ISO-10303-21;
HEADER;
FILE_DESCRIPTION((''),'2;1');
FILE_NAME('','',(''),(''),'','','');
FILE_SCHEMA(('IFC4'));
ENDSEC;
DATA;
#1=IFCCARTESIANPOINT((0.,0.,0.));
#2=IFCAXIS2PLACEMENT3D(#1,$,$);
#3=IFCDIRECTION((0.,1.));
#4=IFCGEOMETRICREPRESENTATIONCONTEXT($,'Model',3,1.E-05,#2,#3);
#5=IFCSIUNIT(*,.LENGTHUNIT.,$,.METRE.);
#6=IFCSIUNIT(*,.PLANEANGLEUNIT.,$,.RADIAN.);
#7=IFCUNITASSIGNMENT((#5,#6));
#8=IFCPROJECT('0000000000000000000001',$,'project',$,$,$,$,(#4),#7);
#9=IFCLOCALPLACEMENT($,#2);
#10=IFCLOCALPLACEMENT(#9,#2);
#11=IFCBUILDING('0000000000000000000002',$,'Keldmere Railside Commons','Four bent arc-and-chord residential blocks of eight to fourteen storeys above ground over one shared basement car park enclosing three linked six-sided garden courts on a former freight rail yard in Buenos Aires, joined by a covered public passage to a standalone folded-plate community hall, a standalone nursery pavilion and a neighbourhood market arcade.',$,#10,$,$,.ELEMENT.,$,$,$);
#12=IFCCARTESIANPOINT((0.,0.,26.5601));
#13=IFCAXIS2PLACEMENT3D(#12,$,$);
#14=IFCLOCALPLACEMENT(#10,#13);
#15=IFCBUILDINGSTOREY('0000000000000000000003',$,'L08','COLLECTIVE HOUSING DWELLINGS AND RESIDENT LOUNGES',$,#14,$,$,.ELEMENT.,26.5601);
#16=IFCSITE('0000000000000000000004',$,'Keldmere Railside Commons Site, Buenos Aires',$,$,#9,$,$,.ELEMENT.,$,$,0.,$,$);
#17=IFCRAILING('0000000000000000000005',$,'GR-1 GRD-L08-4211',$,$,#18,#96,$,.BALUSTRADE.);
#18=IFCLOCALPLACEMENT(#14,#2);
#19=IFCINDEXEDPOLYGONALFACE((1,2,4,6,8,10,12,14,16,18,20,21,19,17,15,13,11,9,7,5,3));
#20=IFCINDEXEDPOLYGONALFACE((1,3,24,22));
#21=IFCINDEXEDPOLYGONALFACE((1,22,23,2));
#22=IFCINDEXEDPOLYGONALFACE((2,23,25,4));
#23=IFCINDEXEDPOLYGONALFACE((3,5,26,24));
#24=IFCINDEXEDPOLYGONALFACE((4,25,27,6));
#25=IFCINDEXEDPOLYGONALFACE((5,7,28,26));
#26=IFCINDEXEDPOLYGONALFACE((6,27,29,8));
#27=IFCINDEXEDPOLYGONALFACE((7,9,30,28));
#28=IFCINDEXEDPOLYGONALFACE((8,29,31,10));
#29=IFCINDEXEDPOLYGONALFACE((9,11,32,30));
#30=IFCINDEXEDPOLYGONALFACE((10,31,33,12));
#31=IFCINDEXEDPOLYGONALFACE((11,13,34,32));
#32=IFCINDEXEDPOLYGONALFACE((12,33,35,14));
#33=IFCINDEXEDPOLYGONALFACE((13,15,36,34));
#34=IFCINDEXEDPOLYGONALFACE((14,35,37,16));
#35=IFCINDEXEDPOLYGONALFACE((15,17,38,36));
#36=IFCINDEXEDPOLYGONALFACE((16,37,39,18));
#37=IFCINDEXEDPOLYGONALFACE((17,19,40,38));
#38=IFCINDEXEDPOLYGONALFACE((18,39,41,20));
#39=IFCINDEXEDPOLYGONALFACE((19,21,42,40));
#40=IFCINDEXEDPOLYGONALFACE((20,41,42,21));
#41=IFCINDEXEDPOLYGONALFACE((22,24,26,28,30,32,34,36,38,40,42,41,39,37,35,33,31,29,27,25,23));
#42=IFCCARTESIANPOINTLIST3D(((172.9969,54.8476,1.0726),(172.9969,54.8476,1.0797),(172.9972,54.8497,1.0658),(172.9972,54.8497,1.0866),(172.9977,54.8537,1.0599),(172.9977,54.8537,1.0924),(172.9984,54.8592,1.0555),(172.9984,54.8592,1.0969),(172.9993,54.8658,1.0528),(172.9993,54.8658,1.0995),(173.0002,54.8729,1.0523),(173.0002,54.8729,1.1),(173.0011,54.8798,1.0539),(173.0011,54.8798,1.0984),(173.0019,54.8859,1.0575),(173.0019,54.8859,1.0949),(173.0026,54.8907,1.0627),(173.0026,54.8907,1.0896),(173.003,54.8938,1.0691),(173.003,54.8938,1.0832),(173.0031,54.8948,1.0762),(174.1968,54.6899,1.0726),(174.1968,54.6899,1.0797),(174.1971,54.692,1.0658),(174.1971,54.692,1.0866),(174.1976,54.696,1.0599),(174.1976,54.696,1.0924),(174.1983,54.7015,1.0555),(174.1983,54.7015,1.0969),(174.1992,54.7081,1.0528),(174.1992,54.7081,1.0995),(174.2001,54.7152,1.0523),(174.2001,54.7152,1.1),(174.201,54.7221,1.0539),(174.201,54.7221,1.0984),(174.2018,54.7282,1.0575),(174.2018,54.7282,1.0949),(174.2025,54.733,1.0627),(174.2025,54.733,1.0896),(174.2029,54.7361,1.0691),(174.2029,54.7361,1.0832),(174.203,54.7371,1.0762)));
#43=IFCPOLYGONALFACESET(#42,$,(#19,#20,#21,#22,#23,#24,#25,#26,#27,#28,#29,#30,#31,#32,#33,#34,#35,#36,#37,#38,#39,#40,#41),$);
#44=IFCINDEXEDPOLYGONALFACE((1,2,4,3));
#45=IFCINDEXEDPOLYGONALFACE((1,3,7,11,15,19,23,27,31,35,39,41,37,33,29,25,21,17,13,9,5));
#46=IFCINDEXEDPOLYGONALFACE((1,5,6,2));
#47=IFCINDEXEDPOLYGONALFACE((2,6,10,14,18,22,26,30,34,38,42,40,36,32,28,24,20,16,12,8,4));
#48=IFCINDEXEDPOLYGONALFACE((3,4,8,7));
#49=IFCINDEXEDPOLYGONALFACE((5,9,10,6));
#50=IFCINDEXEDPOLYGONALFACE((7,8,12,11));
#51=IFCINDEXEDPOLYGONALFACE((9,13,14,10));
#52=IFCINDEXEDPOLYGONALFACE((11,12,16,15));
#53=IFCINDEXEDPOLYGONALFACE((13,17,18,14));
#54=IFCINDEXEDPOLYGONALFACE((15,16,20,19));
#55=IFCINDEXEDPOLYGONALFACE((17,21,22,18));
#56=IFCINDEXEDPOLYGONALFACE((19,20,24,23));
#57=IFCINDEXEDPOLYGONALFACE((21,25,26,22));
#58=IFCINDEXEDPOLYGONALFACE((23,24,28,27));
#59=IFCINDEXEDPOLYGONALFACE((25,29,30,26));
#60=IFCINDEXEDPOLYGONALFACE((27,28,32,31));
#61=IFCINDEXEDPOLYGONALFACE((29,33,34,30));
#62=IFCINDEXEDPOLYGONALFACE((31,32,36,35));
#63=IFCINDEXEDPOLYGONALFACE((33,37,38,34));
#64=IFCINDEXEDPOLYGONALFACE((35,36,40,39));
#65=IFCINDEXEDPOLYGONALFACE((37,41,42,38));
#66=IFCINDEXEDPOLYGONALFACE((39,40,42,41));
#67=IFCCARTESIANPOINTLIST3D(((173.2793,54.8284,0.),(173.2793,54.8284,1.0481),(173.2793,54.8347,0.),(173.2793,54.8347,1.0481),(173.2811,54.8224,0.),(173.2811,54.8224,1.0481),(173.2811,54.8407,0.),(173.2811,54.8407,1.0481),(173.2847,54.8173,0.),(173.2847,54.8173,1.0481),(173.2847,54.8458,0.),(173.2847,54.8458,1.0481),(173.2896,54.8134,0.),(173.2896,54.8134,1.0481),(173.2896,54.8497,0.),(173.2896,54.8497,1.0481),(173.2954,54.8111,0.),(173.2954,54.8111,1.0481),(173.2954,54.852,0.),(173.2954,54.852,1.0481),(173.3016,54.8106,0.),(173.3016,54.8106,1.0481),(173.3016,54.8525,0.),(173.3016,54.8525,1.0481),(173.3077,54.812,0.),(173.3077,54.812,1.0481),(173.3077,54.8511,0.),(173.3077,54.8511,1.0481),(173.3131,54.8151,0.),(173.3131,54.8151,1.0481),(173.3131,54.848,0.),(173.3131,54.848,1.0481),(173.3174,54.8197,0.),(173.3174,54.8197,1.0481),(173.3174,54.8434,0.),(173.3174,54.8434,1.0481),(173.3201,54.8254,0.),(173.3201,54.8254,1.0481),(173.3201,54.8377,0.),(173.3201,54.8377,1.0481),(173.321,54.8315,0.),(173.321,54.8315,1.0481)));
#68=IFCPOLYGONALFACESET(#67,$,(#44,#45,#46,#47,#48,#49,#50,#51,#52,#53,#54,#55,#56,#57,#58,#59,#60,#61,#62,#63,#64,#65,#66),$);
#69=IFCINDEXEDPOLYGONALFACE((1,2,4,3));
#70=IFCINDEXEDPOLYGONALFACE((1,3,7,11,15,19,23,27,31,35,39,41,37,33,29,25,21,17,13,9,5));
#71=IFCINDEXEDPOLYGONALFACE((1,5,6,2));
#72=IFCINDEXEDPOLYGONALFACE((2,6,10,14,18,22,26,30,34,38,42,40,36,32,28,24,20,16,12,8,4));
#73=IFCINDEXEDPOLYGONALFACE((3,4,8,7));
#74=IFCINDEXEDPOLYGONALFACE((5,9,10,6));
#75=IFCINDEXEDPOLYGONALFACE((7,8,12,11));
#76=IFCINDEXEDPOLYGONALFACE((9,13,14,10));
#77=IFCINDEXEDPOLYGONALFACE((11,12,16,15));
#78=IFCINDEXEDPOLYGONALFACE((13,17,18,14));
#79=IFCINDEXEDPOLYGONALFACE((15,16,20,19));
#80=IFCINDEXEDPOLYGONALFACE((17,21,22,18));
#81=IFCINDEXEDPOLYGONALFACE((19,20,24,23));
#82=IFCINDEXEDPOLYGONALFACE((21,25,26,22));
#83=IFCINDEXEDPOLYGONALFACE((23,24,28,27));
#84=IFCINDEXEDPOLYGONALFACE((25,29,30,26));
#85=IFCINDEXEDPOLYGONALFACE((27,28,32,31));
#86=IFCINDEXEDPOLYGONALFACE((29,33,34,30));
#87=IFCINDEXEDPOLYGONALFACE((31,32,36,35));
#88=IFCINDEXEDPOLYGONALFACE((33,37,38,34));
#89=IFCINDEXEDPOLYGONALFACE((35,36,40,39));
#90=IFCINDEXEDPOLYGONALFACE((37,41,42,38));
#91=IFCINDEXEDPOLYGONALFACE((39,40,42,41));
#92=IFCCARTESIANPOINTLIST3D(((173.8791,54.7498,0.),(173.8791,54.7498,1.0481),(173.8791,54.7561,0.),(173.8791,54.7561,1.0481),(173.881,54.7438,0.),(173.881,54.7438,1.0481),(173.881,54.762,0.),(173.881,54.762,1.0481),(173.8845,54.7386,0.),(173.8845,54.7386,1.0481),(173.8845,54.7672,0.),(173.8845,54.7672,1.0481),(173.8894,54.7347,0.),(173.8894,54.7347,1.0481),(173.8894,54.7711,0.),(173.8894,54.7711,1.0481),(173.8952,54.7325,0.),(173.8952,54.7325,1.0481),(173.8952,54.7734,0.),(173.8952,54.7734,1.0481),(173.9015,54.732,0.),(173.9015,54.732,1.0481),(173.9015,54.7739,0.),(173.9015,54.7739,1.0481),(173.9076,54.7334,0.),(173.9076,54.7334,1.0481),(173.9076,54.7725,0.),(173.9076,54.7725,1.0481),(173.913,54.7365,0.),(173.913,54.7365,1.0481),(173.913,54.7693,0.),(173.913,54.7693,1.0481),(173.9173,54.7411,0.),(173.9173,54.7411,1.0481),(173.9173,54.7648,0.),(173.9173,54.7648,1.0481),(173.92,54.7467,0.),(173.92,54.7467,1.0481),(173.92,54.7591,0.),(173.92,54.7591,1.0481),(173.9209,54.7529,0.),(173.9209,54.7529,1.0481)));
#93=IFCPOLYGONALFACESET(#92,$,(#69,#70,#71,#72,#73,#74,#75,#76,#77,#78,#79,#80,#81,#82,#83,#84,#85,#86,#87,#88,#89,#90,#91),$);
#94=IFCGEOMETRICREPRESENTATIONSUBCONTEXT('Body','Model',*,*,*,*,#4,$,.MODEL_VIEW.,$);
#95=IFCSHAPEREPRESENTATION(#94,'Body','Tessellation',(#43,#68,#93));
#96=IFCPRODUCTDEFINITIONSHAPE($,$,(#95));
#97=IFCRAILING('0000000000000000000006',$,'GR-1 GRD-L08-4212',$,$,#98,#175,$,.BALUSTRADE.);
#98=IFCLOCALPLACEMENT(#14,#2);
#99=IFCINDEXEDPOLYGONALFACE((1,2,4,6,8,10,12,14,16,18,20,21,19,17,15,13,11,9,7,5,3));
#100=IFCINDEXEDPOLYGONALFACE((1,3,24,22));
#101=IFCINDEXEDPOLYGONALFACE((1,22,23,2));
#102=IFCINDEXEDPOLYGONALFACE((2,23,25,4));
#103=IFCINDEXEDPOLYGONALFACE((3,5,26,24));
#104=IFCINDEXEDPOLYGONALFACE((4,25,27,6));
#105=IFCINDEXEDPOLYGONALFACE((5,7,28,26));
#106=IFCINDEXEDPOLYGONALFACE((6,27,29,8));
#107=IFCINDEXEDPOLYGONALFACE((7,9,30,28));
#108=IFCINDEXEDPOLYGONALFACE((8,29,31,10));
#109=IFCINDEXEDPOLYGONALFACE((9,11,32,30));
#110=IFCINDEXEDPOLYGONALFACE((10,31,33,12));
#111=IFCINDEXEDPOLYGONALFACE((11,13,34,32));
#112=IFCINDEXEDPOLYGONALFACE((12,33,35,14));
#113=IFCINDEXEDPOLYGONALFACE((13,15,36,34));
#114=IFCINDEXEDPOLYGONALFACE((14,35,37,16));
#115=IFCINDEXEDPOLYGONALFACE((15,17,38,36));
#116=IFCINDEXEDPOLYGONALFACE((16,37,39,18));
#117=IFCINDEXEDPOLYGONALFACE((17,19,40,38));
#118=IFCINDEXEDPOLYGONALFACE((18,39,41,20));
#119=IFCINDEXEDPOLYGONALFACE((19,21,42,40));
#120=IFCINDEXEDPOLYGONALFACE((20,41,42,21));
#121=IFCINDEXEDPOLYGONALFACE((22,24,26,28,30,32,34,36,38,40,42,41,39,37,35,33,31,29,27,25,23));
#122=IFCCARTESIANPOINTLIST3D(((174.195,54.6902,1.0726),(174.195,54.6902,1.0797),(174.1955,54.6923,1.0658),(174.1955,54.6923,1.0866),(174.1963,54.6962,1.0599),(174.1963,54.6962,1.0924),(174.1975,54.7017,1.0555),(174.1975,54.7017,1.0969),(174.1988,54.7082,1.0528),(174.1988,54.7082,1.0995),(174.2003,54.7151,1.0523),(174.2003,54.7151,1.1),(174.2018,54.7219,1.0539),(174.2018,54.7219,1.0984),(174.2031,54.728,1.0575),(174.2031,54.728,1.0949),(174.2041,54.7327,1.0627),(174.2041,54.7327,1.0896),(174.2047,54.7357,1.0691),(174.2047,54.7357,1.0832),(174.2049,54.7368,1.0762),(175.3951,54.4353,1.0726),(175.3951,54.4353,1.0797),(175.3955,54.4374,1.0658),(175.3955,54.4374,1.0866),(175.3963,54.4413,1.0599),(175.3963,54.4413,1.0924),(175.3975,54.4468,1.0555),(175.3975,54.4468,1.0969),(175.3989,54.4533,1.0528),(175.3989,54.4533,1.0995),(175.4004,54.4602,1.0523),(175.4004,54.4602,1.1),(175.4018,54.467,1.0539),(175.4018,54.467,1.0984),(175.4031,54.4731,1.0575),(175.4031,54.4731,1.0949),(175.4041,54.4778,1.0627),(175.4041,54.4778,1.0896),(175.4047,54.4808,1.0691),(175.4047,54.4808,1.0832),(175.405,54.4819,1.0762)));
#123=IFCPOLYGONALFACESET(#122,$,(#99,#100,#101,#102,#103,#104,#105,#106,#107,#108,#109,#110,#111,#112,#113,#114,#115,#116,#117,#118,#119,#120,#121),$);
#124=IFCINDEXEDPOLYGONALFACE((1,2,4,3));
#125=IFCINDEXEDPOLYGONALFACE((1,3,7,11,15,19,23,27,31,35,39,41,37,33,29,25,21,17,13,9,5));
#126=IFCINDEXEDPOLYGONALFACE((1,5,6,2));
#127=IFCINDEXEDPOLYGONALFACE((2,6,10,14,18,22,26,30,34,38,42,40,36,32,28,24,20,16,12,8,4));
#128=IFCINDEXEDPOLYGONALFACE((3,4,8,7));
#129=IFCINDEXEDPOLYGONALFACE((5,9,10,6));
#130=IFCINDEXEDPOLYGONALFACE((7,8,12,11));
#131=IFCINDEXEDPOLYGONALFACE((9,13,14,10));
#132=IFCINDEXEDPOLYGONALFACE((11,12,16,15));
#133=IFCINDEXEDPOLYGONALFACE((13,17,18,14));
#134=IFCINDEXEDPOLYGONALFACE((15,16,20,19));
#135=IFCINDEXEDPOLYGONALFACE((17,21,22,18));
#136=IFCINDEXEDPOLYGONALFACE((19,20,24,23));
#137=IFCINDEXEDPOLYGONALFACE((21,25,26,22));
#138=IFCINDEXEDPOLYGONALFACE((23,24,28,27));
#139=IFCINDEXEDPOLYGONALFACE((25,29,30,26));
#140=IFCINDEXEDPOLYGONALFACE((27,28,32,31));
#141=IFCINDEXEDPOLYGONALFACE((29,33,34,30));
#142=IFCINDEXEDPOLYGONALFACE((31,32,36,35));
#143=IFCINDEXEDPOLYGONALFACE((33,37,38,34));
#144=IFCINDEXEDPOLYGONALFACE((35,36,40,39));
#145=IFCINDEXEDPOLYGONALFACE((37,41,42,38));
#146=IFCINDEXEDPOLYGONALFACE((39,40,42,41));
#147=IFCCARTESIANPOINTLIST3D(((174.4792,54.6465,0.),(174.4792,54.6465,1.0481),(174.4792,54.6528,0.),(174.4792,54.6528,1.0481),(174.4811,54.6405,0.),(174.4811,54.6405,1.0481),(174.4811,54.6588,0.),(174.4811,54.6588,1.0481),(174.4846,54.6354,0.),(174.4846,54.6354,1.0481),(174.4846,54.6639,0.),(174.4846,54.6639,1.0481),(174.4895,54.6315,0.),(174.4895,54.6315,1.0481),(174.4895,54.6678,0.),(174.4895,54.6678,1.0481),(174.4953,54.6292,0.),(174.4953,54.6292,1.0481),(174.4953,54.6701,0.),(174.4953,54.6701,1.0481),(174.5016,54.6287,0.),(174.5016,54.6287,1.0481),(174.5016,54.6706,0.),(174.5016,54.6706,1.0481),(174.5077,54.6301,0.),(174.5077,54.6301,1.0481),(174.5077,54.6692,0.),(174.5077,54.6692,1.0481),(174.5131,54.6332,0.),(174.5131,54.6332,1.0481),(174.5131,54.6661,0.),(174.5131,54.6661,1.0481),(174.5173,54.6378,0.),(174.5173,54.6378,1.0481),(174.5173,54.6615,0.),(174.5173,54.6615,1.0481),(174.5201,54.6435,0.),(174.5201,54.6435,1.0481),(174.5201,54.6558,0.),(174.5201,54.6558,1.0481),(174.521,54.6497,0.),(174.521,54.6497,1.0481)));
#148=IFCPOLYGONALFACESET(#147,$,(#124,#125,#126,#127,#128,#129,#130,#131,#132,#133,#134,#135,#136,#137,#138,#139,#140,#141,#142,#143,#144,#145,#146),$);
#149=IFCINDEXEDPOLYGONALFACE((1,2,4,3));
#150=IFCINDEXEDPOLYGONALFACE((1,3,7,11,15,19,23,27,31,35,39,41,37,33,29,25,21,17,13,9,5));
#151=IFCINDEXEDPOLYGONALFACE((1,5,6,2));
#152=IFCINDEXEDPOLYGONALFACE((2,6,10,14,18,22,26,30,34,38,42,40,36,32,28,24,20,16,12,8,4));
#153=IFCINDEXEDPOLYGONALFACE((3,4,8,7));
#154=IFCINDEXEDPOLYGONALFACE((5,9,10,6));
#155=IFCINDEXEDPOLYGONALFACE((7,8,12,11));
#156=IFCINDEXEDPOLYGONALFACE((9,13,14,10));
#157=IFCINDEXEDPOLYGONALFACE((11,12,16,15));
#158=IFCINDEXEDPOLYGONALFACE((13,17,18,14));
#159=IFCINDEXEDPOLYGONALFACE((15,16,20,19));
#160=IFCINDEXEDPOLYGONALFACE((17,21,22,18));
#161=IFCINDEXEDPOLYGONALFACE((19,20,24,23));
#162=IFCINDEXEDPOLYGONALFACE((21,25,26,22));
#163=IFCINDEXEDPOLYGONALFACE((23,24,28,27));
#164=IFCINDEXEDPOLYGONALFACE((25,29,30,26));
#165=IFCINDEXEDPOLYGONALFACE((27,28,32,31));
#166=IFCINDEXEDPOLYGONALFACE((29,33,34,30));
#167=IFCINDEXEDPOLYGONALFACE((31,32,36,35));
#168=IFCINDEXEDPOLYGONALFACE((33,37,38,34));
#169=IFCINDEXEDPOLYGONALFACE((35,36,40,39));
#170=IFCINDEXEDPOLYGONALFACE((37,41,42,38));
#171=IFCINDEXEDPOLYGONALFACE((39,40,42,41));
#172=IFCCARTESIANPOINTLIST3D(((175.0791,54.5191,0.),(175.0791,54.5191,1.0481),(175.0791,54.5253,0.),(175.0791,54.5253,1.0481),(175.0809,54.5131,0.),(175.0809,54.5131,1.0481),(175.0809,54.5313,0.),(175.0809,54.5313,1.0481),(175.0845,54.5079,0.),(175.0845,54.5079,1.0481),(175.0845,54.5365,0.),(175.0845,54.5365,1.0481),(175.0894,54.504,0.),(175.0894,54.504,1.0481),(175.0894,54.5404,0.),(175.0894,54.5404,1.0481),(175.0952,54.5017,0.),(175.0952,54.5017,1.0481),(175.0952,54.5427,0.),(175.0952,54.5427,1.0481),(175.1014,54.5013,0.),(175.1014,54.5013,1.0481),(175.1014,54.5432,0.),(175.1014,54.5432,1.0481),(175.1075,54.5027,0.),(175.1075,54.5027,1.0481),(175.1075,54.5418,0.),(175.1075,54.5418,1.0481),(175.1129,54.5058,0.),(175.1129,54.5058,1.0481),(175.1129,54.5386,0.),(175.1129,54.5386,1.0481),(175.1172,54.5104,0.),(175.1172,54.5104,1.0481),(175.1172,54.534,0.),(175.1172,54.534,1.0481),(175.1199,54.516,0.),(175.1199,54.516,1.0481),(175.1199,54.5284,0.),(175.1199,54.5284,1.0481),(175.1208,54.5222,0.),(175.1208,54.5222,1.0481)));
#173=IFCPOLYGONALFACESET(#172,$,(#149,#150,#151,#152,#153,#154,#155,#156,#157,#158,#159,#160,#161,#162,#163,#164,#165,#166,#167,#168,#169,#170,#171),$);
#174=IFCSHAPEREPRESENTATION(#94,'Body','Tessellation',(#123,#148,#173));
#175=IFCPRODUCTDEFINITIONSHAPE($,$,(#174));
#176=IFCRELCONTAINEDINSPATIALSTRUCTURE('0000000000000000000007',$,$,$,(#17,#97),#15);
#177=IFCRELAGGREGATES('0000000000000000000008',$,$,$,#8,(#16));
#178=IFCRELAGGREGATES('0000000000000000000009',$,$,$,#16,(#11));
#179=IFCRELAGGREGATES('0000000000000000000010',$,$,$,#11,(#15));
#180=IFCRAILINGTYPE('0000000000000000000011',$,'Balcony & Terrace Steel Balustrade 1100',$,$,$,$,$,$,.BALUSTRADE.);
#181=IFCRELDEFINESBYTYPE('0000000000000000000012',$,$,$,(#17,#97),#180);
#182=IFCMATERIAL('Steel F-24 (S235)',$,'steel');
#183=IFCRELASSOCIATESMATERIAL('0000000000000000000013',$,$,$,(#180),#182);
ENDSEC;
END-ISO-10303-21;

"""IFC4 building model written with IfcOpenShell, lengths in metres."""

from ifc_helpers import new_model, si_unit, direction, frame, origin, origin_2d, place, context, subcontext, project, spatial, circle, extrude, material, type_object, element, save


model = new_model("IFC4")

# Units and contexts
model_context = context("Model", 3, precision=1e-05, world=origin(), true_north=direction((0.0, 1.0)))
body_context = subcontext(model_context, "Body", "Model", "MODEL_VIEW")
ifc_project = project(units=[si_unit("LENGTHUNIT", "METRE"), si_unit("PLANEANGLEUNIT", "RADIAN")], contexts=[model_context])

# Site, building, storey
site_placement = place(None, origin())
site = spatial("IfcSite", under=ifc_project, at=site_placement, Name="Keldmere Railside Commons Site, Buenos Aires", CompositionType="ELEMENT", RefElevation=0.0)
building_placement = place(site_placement, origin())
building = spatial("IfcBuilding", under=site, at=building_placement, Name="Keldmere Railside Commons", Description="Four bent arc-and-chord residential blocks of eight to fourteen storeys above ground over one shared basement car park enclosing three linked six-sided garden courts on a former freight rail yard in Buenos Aires, joined by a covered public passage to a standalone folded-plate community hall, a standalone nursery pavilion and a neighbourhood market arcade.", CompositionType="ELEMENT")
storey_placement = place(building_placement, frame((0.0, 0.0, 26.5601)))
storey = spatial("IfcBuildingStorey", under=building, at=storey_placement, Name="L08", Description="COLLECTIVE HOUSING DWELLINGS AND RESIDENT LOUNGES", CompositionType="ELEMENT", Elevation=26.5601)

# Railings
ifc_material_1 = material(Name="Steel F-24 (S235)", Category="steel")
railing_type = type_object("IfcRailingType", Name="Balcony & Terrace Steel Balustrade 1100", PredefinedType="BALUSTRADE", material=ifc_material_1)
railing_1_placement = place(storey_placement, frame((173.0, 54.8711, 0.0)))
element("IfcRailing", 1, at=railing_1_placement, inside=storey, type_object=railing_type, Name="GR-1 GRD-L08-4211", PredefinedType="BALUSTRADE", context=body_context, shape_type="SweptSolid", body=[
    extrude(circle(Radius=0.0239, at=origin_2d()), frame((0.0, 0.0, 1.0762), z_axis=(0.991473, -0.130314, 0.0), x_axis=(0.130314, 0.991473, 0.0)), (0.0, 0.0, 1.0), 1.2102),
    extrude(circle(Radius=0.021, at=origin_2d()), frame((0.3, -0.0396, 0.0)), (0.0, 0.0, 1.0), 1.0481),
    extrude(circle(Radius=0.021, at=origin_2d()), frame((0.8999, -0.1182, 0.0)), (0.0, 0.0, 1.0), 1.0481),
])
railing_2_placement = place(storey_placement, frame((174.2, 54.7134, 0.0)))
element("IfcRailing", 2, at=railing_2_placement, inside=storey, type_object=railing_type, Name="GR-1 GRD-L08-4212", PredefinedType="BALUSTRADE", context=body_context, shape_type="SweptSolid", body=[
    extrude(circle(Radius=0.0239, at=origin_2d()), frame((0.0, 0.0, 1.0762), z_axis=(0.978177, -0.207775, 0.0), x_axis=(0.207775, 0.978177, 0.0)), (0.0, 0.0, 1.0), 1.2268),
    extrude(circle(Radius=0.021, at=origin_2d()), frame((0.3, -0.0637, 0.0)), (0.0, 0.0, 1.0), 1.0481),
    extrude(circle(Radius=0.021, at=origin_2d()), frame((0.8999, -0.1912, 0.0)), (0.0, 0.0, 1.0), 1.0481),
])

save(model, "model.ifc")
